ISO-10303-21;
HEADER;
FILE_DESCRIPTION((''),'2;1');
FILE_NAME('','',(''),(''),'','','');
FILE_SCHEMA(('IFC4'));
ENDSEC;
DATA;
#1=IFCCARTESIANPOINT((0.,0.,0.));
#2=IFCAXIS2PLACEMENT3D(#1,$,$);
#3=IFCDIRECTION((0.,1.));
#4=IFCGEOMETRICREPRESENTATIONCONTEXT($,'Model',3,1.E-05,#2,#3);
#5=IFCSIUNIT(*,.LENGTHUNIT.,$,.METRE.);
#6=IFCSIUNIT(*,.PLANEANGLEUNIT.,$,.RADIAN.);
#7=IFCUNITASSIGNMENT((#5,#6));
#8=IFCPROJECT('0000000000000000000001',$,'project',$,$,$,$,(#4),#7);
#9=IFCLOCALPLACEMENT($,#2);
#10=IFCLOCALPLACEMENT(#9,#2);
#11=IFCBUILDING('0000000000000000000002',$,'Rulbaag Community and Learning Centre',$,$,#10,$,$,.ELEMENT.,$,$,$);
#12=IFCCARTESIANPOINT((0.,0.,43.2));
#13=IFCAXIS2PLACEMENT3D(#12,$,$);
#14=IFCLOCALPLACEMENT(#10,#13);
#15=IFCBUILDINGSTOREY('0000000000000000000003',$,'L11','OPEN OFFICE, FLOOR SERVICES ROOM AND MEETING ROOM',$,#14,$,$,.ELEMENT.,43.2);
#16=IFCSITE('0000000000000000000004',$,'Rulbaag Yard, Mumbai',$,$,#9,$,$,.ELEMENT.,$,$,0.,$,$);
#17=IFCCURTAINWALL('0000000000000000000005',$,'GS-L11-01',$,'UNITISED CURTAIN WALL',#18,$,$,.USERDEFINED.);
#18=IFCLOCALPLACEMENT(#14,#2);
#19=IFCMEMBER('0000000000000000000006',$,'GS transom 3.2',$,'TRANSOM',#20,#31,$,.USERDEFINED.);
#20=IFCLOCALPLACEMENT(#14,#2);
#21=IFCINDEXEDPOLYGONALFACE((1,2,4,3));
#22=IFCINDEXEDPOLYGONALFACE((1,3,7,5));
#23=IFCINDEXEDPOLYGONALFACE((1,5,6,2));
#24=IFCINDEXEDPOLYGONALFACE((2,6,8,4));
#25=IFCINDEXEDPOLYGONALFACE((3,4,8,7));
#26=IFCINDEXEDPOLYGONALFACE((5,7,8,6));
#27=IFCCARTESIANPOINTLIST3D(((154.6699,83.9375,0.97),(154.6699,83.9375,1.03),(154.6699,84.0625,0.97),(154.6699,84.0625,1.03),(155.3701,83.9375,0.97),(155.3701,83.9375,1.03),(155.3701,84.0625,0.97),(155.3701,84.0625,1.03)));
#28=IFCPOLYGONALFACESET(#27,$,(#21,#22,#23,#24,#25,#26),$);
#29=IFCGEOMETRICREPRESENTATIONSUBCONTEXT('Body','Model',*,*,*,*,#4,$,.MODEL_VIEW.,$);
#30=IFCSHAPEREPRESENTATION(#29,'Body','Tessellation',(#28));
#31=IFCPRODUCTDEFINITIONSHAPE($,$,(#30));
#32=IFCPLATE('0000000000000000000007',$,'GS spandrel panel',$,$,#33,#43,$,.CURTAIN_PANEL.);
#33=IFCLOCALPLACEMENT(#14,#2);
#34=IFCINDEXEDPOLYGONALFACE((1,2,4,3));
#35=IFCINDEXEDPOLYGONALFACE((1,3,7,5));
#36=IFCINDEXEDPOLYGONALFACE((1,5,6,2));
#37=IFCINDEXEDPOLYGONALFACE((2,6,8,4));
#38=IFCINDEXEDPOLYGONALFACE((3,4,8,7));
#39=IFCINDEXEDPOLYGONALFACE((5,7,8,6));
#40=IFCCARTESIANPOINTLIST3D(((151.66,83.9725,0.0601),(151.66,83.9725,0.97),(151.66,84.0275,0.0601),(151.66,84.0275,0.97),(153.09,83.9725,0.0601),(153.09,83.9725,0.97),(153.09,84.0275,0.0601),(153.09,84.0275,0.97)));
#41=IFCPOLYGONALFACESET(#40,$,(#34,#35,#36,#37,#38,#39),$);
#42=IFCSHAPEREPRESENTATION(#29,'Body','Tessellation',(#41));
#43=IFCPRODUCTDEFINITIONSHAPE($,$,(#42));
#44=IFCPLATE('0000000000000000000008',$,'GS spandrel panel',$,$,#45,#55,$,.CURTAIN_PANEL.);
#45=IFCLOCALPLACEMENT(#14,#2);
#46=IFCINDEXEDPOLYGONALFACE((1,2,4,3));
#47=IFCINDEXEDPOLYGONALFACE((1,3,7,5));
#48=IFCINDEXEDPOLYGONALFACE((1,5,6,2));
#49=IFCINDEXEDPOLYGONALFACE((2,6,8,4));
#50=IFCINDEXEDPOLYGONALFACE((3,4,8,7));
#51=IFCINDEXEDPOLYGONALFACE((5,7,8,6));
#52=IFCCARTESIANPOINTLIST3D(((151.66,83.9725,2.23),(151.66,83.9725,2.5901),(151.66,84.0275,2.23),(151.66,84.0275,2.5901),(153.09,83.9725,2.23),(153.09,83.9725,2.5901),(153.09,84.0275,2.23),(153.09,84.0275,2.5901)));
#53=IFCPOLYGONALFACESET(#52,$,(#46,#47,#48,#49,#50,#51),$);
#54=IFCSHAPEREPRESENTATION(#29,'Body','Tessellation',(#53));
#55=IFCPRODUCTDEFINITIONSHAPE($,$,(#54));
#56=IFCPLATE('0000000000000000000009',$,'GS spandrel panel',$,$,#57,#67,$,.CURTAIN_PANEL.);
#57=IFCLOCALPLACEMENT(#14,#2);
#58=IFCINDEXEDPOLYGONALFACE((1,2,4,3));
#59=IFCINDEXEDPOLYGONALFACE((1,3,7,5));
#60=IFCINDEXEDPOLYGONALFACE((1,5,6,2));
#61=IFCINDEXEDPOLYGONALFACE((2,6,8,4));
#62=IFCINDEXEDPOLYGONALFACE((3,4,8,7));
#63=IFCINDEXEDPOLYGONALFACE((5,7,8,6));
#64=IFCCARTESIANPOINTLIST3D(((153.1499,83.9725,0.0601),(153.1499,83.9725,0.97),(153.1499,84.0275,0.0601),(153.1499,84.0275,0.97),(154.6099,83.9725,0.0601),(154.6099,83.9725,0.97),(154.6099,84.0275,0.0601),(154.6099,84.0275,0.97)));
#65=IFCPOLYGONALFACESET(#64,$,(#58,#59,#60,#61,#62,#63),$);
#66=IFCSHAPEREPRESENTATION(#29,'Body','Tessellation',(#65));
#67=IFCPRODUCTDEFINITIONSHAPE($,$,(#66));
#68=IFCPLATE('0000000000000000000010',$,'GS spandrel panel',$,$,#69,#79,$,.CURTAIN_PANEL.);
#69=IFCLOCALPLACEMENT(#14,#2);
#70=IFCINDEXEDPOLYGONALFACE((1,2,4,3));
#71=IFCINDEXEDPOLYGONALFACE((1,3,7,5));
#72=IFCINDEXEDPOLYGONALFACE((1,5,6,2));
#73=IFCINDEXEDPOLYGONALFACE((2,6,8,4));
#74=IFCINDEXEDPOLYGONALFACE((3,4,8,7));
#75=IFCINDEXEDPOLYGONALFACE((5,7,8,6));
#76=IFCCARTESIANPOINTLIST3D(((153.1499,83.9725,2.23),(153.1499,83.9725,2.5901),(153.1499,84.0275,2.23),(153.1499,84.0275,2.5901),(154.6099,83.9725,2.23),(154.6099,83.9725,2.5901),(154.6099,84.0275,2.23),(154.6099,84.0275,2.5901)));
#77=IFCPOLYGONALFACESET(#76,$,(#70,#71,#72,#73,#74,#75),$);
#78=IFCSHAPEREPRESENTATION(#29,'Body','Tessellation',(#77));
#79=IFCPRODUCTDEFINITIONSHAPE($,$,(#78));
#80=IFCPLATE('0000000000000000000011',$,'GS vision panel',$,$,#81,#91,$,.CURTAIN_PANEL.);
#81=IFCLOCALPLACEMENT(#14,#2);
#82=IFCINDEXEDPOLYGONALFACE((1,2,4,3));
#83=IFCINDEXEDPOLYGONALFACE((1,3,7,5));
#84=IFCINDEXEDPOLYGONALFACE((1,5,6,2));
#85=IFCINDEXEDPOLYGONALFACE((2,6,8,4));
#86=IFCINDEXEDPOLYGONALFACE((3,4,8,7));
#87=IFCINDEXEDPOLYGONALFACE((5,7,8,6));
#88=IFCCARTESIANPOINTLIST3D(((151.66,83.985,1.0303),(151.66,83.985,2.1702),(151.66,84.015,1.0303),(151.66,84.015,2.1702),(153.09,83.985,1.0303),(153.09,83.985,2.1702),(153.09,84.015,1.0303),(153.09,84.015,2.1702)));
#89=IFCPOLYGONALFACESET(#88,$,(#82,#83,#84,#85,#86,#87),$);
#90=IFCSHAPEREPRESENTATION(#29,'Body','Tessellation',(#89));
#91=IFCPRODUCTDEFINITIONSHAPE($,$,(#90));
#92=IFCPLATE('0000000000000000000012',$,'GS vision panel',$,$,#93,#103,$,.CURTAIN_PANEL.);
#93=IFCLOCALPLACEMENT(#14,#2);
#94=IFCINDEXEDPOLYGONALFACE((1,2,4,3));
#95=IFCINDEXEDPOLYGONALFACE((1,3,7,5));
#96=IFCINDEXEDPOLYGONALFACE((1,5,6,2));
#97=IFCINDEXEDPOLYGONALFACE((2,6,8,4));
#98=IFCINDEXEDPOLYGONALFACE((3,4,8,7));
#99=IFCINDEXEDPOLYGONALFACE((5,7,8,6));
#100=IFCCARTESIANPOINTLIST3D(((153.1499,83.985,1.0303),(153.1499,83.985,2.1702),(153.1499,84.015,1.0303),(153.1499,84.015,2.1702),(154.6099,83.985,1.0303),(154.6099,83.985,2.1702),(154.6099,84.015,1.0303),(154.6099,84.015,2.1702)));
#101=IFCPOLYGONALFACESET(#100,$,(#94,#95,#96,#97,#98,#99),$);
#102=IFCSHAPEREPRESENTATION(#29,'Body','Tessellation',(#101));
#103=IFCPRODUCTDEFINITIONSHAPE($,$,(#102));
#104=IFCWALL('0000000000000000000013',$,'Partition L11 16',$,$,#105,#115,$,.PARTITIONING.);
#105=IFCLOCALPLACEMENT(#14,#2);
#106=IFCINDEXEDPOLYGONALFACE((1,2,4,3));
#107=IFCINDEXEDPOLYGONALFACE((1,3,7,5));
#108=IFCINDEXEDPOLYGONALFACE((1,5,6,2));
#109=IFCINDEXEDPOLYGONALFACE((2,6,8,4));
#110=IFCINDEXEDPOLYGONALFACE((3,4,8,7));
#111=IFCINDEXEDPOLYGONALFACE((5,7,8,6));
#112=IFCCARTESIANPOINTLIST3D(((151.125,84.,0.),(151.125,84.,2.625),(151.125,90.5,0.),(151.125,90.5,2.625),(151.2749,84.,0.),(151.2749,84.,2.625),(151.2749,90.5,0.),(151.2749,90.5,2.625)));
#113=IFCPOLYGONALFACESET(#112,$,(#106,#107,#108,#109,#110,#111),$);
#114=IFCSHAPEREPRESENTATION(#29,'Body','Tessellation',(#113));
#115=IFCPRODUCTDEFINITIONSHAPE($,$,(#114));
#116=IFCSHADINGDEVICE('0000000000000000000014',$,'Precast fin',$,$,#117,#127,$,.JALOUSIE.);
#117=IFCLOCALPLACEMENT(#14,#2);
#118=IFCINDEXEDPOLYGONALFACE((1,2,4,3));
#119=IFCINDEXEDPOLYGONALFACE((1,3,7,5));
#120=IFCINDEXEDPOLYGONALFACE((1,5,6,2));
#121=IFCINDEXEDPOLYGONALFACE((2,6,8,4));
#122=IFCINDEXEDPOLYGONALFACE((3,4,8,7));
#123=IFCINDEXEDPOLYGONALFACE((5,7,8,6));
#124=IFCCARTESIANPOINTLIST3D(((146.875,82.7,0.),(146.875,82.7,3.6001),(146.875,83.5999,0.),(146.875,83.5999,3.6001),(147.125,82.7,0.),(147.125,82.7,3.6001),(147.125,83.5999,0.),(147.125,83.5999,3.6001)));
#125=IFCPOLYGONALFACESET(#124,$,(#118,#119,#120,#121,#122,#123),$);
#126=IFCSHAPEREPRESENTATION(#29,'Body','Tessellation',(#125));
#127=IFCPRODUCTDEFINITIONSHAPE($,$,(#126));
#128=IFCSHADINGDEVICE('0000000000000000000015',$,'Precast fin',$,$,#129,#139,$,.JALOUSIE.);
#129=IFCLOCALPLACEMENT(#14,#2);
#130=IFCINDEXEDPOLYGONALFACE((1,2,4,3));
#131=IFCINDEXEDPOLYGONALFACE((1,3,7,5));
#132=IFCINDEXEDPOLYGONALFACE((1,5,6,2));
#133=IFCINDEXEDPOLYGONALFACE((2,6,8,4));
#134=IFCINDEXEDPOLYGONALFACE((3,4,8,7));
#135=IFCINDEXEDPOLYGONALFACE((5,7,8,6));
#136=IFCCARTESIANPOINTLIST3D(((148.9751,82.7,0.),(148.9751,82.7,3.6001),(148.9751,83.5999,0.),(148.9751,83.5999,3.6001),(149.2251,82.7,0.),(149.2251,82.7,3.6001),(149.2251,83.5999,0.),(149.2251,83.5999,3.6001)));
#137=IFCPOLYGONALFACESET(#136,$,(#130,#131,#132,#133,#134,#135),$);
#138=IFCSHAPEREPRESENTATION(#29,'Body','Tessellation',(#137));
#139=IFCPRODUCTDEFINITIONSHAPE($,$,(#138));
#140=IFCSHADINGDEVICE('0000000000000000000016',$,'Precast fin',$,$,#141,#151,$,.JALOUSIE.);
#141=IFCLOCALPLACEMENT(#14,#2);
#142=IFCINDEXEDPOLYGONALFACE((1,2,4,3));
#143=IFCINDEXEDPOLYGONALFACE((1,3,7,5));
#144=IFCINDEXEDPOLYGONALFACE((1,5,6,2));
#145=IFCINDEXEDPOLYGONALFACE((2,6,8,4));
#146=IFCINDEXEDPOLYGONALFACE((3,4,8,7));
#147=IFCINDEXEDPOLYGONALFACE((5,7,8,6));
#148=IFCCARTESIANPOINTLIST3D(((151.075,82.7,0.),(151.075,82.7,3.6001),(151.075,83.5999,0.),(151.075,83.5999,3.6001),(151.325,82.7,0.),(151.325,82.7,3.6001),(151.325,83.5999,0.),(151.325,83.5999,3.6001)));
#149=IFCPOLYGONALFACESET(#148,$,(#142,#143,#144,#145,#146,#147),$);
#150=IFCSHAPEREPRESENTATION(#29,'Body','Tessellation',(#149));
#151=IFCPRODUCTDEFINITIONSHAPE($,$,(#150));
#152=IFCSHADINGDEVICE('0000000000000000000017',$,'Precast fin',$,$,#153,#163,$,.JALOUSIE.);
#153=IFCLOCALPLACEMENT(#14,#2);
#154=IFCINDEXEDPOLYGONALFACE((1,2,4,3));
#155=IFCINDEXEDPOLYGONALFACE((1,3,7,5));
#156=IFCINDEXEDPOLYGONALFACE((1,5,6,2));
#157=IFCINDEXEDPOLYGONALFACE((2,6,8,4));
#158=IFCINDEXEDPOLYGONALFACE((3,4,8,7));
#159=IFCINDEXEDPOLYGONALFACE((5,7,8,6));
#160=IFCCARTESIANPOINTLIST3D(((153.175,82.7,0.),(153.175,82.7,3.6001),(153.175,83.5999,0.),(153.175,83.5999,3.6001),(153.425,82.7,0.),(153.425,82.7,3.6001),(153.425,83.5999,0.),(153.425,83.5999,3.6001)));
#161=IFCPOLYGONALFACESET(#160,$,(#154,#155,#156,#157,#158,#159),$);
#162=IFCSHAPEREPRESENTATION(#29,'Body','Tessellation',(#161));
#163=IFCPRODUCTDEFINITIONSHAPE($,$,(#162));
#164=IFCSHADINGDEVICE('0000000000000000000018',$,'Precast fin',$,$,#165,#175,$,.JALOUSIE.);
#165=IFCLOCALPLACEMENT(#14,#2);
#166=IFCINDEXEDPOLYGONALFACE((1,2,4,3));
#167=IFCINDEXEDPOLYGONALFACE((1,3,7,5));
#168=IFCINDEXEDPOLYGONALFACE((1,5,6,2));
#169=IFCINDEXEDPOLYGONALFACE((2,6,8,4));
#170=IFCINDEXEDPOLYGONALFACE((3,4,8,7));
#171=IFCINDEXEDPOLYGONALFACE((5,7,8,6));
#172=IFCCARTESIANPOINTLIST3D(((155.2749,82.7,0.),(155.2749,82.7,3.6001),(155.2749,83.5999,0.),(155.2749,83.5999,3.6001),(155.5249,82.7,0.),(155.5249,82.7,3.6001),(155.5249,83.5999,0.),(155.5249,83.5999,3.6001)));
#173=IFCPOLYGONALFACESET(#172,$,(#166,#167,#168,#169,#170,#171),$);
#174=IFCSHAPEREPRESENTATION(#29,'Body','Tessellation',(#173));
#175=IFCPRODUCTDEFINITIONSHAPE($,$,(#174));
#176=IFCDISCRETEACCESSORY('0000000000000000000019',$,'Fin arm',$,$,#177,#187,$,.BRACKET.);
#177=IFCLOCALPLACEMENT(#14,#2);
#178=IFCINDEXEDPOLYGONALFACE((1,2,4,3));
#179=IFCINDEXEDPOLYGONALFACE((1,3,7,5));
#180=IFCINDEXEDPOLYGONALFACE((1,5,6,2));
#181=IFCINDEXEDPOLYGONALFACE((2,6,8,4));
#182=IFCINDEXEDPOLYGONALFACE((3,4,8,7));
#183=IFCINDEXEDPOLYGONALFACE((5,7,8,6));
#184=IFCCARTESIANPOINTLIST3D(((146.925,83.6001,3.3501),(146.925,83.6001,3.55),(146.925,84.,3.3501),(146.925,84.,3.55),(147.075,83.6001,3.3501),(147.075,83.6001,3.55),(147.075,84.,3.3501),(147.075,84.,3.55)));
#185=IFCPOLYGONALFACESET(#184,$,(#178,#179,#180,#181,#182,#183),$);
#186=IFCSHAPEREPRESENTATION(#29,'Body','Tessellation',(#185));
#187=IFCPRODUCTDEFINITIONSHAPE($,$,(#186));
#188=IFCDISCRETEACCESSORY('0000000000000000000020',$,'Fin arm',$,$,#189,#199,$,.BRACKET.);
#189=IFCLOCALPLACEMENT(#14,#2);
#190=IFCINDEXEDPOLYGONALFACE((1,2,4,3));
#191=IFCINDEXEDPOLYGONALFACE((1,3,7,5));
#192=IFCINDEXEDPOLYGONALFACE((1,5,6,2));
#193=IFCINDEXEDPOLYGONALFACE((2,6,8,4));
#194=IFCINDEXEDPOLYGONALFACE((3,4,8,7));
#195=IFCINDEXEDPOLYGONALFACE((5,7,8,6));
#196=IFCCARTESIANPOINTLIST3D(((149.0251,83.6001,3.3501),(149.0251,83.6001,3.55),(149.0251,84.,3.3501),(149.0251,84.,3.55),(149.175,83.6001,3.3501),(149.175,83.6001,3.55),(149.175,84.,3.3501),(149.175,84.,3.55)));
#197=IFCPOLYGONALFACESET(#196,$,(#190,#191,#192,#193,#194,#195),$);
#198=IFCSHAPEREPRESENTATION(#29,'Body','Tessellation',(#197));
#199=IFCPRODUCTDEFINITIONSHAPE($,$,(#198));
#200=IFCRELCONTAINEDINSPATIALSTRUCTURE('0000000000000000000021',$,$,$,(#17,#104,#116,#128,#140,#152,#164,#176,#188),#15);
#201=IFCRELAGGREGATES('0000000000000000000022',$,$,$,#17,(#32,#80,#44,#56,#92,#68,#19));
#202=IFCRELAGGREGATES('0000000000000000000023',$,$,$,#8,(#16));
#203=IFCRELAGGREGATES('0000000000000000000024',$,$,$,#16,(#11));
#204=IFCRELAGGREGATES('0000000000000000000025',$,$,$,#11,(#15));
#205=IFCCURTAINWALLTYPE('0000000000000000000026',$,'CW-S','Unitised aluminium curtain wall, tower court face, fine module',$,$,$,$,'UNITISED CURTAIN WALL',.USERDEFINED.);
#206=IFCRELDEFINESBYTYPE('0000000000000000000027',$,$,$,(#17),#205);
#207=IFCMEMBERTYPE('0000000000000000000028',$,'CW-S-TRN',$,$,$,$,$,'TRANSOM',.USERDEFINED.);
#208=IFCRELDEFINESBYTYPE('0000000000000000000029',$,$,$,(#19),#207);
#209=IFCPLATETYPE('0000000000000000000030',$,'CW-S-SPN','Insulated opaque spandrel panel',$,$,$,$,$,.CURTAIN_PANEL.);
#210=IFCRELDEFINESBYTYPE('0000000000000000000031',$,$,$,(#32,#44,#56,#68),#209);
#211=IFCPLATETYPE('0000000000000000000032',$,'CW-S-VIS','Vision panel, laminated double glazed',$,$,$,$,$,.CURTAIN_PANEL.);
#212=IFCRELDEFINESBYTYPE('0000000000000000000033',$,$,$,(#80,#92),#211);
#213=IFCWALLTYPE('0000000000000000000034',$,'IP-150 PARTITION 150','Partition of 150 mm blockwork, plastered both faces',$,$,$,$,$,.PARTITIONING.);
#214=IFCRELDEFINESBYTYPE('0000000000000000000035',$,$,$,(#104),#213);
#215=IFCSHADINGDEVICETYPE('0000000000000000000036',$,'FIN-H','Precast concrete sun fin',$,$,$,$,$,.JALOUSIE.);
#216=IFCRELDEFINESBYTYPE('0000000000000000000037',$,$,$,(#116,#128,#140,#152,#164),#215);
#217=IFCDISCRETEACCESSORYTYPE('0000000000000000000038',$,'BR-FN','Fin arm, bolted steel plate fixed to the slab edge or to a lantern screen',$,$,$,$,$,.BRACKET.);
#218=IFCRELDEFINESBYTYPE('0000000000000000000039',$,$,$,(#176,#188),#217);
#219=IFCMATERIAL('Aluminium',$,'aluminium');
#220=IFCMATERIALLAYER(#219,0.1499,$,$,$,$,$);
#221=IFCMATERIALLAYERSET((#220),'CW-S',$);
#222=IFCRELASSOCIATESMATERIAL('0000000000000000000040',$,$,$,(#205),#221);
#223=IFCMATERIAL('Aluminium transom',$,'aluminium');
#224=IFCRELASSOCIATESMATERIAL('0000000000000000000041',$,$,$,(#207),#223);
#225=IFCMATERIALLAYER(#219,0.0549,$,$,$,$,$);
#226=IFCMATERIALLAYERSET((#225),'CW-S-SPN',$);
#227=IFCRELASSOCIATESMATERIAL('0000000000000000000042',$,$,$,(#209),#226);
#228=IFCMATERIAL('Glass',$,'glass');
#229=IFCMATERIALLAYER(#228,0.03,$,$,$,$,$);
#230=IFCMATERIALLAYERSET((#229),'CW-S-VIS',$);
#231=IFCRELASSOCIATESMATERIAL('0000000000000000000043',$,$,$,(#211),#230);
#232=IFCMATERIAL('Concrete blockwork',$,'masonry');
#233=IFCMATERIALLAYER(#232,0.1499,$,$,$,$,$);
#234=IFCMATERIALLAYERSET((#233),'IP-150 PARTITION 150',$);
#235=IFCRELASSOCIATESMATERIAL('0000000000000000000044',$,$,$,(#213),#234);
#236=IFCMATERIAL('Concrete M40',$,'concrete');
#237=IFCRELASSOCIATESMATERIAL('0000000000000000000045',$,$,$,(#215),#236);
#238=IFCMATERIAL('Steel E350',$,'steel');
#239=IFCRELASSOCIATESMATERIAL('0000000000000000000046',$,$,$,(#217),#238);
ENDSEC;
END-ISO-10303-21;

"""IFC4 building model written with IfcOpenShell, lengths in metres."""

from ifc_helpers import new_model, si_unit, direction, frame, frame_2d, origin, origin_2d, place, context, subcontext, project, spatial, rectangle, extrude, material, layer, layer_set, material_profile, profile_set, type_object, element, aggregate, save


model = new_model("IFC4")

# Units and contexts
model_context = context("Model", 3, precision=1e-05, world=origin(), true_north=direction((0.0, 1.0)))
body_context = subcontext(model_context, "Body", "Model", "MODEL_VIEW")
ifc_project = project(units=[si_unit("LENGTHUNIT", "METRE"), si_unit("PLANEANGLEUNIT", "RADIAN")], contexts=[model_context])

# Site, building, storey
site_placement = place(None, origin())
site = spatial("IfcSite", under=ifc_project, at=site_placement, Name="Rulbaag Yard, Mumbai", CompositionType="ELEMENT", RefElevation=0.0)
building_placement = place(site_placement, origin())
building = spatial("IfcBuilding", under=site, at=building_placement, Name="Rulbaag Community and Learning Centre", CompositionType="ELEMENT")
storey_placement = place(building_placement, frame((0.0, 0.0, 43.2)))
storey = spatial("IfcBuildingStorey", under=building, at=storey_placement, Name="L11", Description="OPEN OFFICE, FLOOR SERVICES ROOM AND MEETING ROOM", CompositionType="ELEMENT", Elevation=43.2)

# Shared definitions
ifc_material_1 = material(Name="Concrete M40", Category="concrete")

# Curtain wall, member, plates
ifc_material_2 = material(Name="Aluminium", Category="aluminium")
ifc_layer_1 = layer(ifc_material_2, 0.1499)
ifc_layer_set_1 = layer_set([ifc_layer_1], Name="CW-S")
curtain_wall_type = type_object("IfcCurtainWallType", Name="CW-S", Description="Unitised aluminium curtain wall, tower court face, fine module", ElementType="UNITISED CURTAIN WALL", PredefinedType="USERDEFINED", material=ifc_layer_set_1)
curtain_wall_placement = place(storey_placement, origin())
curtain_wall = element("IfcCurtainWall", 1, at=curtain_wall_placement, inside=storey, type_object=curtain_wall_type, Name="GS-L11-01", ObjectType="UNITISED CURTAIN WALL", PredefinedType="USERDEFINED")
ifc_material_3 = material(Name="Aluminium transom", Category="aluminium")
ifc_material_profile_1 = material_profile(ifc_material_3, rectangle(XDim=0.125, YDim=0.0601, at=origin_2d()), Name="AL 60x125 T")
ifc_profile_set_1 = profile_set([ifc_material_profile_1], Name="Aluminium transom")
member_type_1 = type_object("IfcMemberType", Name="CW-S-TRN", ElementType="TRANSOM", PredefinedType="USERDEFINED", material=ifc_profile_set_1)
member_1_placement = place(storey_placement, frame((154.6699, 84.0, 1.0), z_axis=(1.0, 0.0, 0.0), x_axis=(0.0, 1.0, 0.0)))
member_1 = element("IfcMember", 2, at=member_1_placement, type_object=member_type_1, Name="GS transom 3.2", ObjectType="TRANSOM", PredefinedType="USERDEFINED", context=body_context, shape_type="SweptSolid", body=[
    extrude(rectangle(XDim=0.125, YDim=0.0601, at=origin_2d()), origin(), (0.0, 0.0, 1.0), 0.7002),
])
ifc_layer_2 = layer(ifc_material_2, 0.0549)
ifc_layer_set_2 = layer_set([ifc_layer_2], Name="CW-S-SPN")
plate_type_1 = type_object("IfcPlateType", Name="CW-S-SPN", Description="Insulated opaque spandrel panel", PredefinedType="CURTAIN_PANEL", material=ifc_layer_set_2)
plate_1_placement = place(storey_placement, frame((152.375, 84.0, 0.0601), z_axis=(0.0, 0.0, 1.0), x_axis=(1.0, 0.0, 0.0)))
plate_1 = element("IfcPlate", 3, at=plate_1_placement, type_object=plate_type_1, Name="GS spandrel panel", PredefinedType="CURTAIN_PANEL", context=body_context, shape_type="SweptSolid", body=[
    extrude(rectangle(XDim=1.4299, YDim=0.0549, at=origin_2d()), origin(), (0.0, 0.0, 1.0), 0.9099),
])
plate_2_placement = place(storey_placement, frame((152.375, 84.0, 2.23), z_axis=(0.0, 0.0, 1.0), x_axis=(1.0, 0.0, 0.0)))
plate_2 = element("IfcPlate", 4, at=plate_2_placement, type_object=plate_type_1, Name="GS spandrel panel", PredefinedType="CURTAIN_PANEL", context=body_context, shape_type="SweptSolid", body=[
    extrude(rectangle(XDim=1.4299, YDim=0.0549, at=origin_2d()), origin(), (0.0, 0.0, 1.0), 0.3601),
])
plate_3_placement = place(storey_placement, frame((153.8799, 84.0, 0.0601), z_axis=(0.0, 0.0, 1.0), x_axis=(1.0, 0.0, 0.0)))
plate_3 = element("IfcPlate", 5, at=plate_3_placement, type_object=plate_type_1, Name="GS spandrel panel", PredefinedType="CURTAIN_PANEL", context=body_context, shape_type="SweptSolid", body=[
    extrude(rectangle(XDim=1.46, YDim=0.0549, at=origin_2d()), origin(), (0.0, 0.0, 1.0), 0.9099),
])
plate_4_placement = place(storey_placement, frame((153.8799, 84.0, 2.23), z_axis=(0.0, 0.0, 1.0), x_axis=(1.0, 0.0, 0.0)))
plate_4 = element("IfcPlate", 6, at=plate_4_placement, type_object=plate_type_1, Name="GS spandrel panel", PredefinedType="CURTAIN_PANEL", context=body_context, shape_type="SweptSolid", body=[
    extrude(rectangle(XDim=1.46, YDim=0.0549, at=origin_2d()), origin(), (0.0, 0.0, 1.0), 0.3601),
])
ifc_material_4 = material(Name="Glass", Category="glass")
ifc_layer_3 = layer(ifc_material_4, 0.03)
ifc_layer_set_3 = layer_set([ifc_layer_3], Name="CW-S-VIS")
plate_type_2 = type_object("IfcPlateType", Name="CW-S-VIS", Description="Vision panel, laminated double glazed", PredefinedType="CURTAIN_PANEL", material=ifc_layer_set_3)
plate_5_placement = place(storey_placement, frame((152.375, 84.0, 1.0303), z_axis=(0.0, 0.0, 1.0), x_axis=(1.0, 0.0, 0.0)))
plate_5 = element("IfcPlate", 7, at=plate_5_placement, type_object=plate_type_2, Name="GS vision panel", PredefinedType="CURTAIN_PANEL", context=body_context, shape_type="SweptSolid", body=[
    extrude(rectangle(XDim=1.4299, YDim=0.03, at=origin_2d()), origin(), (0.0, 0.0, 1.0), 1.1399),
])
plate_6_placement = place(storey_placement, frame((153.8799, 84.0, 1.0303), z_axis=(0.0, 0.0, 1.0), x_axis=(1.0, 0.0, 0.0)))
plate_6 = element("IfcPlate", 8, at=plate_6_placement, type_object=plate_type_2, Name="GS vision panel", PredefinedType="CURTAIN_PANEL", context=body_context, shape_type="SweptSolid", body=[
    extrude(rectangle(XDim=1.46, YDim=0.03, at=origin_2d()), origin(), (0.0, 0.0, 1.0), 1.1399),
])
aggregate(curtain_wall, [plate_1, plate_5, plate_2, plate_3, plate_6, plate_4, member_1])

# Wall
ifc_material_5 = material(Name="Concrete blockwork", Category="masonry")
ifc_layer_4 = layer(ifc_material_5, 0.1499)
ifc_layer_set_4 = layer_set([ifc_layer_4], Name="IP-150 PARTITION 150")
wall_type = type_object("IfcWallType", Name="IP-150 PARTITION 150", Description="Partition of 150 mm blockwork, plastered both faces", PredefinedType="PARTITIONING", material=ifc_layer_set_4)
wall_placement = place(storey_placement, frame((151.2, 84.0, 0.0), z_axis=(0.0, 0.0, 1.0), x_axis=(0.0, 1.0, 0.0)))
element("IfcWall", 9, at=wall_placement, inside=storey, type_object=wall_type, Name="Partition L11 16", PredefinedType="PARTITIONING", context=body_context, shape_type="SweptSolid", body=[
    extrude(rectangle(XDim=6.5, YDim=0.1499, at=frame_2d((3.25, 0.0))), origin(), (0.0, 0.0, 1.0), 2.625),
])

# Shading devices
ifc_material_profile_2 = material_profile(ifc_material_1, rectangle(XDim=0.25, YDim=0.8999, at=origin_2d()), Name="PC 250x900")
ifc_profile_set_2 = profile_set([ifc_material_profile_2], Name="Concrete M40")
shading_device_type = type_object("IfcShadingDeviceType", Name="FIN-H", Description="Precast concrete sun fin", PredefinedType="JALOUSIE", material=ifc_profile_set_2)
for number, where, z_axis, x_axis, name in (
    (10, (147.0, 83.1499, 0.0), (0.0, 0.0, 1.0), (1.0, 0.0, 0.0), "Precast fin"),
    (11, (149.1001, 83.1499, 0.0), (0.0, 0.0, 1.0), (1.0, 0.0, 0.0), "Precast fin"),
    (12, (151.2, 83.1499, 0.0), (0.0, 0.0, 1.0), (1.0, 0.0, 0.0), "Precast fin"),
    (13, (153.3, 83.1499, 0.0), (0.0, 0.0, 1.0), (1.0, 0.0, 0.0), "Precast fin"),
    (14, (155.3999, 83.1499, 0.0), (0.0, 0.0, 1.0), (1.0, 0.0, 0.0), "Precast fin"),
):
    element("IfcShadingDevice", number, at=place(storey_placement, frame(where, z_axis=z_axis, x_axis=x_axis)), inside=storey, type_object=shading_device_type, Name=name, PredefinedType="JALOUSIE", context=body_context, shape_type="SweptSolid", body=[
        extrude(rectangle(XDim=0.25, YDim=0.8999, at=origin_2d()), origin(), (0.0, 0.0, 1.0), 3.6001),
    ])

# Discrete accessories
ifc_material_6 = material(Name="Steel E350", Category="steel")
discrete_accessory_type = type_object("IfcDiscreteAccessoryType", Name="BR-FN", Description="Fin arm, bolted steel plate fixed to the slab edge or to a lantern screen", PredefinedType="BRACKET", material=ifc_material_6)
for number, where, z_axis, x_axis, name in (
    (15, (147.0, 83.8, 3.3501), (0.0, 0.0, 1.0), (1.0, 0.0, 0.0), "Fin arm"),
    (16, (149.1001, 83.8, 3.3501), (0.0, 0.0, 1.0), (1.0, 0.0, 0.0), "Fin arm"),
):
    element("IfcDiscreteAccessory", number, at=place(storey_placement, frame(where, z_axis=z_axis, x_axis=x_axis)), inside=storey, type_object=discrete_accessory_type, Name=name, PredefinedType="BRACKET", context=body_context, shape_type="SweptSolid", body=[
        extrude(rectangle(XDim=0.1499, YDim=0.3999, at=origin_2d()), origin(), (0.0, 0.0, 1.0), 0.2),
    ])

save(model, "model.ifc")
